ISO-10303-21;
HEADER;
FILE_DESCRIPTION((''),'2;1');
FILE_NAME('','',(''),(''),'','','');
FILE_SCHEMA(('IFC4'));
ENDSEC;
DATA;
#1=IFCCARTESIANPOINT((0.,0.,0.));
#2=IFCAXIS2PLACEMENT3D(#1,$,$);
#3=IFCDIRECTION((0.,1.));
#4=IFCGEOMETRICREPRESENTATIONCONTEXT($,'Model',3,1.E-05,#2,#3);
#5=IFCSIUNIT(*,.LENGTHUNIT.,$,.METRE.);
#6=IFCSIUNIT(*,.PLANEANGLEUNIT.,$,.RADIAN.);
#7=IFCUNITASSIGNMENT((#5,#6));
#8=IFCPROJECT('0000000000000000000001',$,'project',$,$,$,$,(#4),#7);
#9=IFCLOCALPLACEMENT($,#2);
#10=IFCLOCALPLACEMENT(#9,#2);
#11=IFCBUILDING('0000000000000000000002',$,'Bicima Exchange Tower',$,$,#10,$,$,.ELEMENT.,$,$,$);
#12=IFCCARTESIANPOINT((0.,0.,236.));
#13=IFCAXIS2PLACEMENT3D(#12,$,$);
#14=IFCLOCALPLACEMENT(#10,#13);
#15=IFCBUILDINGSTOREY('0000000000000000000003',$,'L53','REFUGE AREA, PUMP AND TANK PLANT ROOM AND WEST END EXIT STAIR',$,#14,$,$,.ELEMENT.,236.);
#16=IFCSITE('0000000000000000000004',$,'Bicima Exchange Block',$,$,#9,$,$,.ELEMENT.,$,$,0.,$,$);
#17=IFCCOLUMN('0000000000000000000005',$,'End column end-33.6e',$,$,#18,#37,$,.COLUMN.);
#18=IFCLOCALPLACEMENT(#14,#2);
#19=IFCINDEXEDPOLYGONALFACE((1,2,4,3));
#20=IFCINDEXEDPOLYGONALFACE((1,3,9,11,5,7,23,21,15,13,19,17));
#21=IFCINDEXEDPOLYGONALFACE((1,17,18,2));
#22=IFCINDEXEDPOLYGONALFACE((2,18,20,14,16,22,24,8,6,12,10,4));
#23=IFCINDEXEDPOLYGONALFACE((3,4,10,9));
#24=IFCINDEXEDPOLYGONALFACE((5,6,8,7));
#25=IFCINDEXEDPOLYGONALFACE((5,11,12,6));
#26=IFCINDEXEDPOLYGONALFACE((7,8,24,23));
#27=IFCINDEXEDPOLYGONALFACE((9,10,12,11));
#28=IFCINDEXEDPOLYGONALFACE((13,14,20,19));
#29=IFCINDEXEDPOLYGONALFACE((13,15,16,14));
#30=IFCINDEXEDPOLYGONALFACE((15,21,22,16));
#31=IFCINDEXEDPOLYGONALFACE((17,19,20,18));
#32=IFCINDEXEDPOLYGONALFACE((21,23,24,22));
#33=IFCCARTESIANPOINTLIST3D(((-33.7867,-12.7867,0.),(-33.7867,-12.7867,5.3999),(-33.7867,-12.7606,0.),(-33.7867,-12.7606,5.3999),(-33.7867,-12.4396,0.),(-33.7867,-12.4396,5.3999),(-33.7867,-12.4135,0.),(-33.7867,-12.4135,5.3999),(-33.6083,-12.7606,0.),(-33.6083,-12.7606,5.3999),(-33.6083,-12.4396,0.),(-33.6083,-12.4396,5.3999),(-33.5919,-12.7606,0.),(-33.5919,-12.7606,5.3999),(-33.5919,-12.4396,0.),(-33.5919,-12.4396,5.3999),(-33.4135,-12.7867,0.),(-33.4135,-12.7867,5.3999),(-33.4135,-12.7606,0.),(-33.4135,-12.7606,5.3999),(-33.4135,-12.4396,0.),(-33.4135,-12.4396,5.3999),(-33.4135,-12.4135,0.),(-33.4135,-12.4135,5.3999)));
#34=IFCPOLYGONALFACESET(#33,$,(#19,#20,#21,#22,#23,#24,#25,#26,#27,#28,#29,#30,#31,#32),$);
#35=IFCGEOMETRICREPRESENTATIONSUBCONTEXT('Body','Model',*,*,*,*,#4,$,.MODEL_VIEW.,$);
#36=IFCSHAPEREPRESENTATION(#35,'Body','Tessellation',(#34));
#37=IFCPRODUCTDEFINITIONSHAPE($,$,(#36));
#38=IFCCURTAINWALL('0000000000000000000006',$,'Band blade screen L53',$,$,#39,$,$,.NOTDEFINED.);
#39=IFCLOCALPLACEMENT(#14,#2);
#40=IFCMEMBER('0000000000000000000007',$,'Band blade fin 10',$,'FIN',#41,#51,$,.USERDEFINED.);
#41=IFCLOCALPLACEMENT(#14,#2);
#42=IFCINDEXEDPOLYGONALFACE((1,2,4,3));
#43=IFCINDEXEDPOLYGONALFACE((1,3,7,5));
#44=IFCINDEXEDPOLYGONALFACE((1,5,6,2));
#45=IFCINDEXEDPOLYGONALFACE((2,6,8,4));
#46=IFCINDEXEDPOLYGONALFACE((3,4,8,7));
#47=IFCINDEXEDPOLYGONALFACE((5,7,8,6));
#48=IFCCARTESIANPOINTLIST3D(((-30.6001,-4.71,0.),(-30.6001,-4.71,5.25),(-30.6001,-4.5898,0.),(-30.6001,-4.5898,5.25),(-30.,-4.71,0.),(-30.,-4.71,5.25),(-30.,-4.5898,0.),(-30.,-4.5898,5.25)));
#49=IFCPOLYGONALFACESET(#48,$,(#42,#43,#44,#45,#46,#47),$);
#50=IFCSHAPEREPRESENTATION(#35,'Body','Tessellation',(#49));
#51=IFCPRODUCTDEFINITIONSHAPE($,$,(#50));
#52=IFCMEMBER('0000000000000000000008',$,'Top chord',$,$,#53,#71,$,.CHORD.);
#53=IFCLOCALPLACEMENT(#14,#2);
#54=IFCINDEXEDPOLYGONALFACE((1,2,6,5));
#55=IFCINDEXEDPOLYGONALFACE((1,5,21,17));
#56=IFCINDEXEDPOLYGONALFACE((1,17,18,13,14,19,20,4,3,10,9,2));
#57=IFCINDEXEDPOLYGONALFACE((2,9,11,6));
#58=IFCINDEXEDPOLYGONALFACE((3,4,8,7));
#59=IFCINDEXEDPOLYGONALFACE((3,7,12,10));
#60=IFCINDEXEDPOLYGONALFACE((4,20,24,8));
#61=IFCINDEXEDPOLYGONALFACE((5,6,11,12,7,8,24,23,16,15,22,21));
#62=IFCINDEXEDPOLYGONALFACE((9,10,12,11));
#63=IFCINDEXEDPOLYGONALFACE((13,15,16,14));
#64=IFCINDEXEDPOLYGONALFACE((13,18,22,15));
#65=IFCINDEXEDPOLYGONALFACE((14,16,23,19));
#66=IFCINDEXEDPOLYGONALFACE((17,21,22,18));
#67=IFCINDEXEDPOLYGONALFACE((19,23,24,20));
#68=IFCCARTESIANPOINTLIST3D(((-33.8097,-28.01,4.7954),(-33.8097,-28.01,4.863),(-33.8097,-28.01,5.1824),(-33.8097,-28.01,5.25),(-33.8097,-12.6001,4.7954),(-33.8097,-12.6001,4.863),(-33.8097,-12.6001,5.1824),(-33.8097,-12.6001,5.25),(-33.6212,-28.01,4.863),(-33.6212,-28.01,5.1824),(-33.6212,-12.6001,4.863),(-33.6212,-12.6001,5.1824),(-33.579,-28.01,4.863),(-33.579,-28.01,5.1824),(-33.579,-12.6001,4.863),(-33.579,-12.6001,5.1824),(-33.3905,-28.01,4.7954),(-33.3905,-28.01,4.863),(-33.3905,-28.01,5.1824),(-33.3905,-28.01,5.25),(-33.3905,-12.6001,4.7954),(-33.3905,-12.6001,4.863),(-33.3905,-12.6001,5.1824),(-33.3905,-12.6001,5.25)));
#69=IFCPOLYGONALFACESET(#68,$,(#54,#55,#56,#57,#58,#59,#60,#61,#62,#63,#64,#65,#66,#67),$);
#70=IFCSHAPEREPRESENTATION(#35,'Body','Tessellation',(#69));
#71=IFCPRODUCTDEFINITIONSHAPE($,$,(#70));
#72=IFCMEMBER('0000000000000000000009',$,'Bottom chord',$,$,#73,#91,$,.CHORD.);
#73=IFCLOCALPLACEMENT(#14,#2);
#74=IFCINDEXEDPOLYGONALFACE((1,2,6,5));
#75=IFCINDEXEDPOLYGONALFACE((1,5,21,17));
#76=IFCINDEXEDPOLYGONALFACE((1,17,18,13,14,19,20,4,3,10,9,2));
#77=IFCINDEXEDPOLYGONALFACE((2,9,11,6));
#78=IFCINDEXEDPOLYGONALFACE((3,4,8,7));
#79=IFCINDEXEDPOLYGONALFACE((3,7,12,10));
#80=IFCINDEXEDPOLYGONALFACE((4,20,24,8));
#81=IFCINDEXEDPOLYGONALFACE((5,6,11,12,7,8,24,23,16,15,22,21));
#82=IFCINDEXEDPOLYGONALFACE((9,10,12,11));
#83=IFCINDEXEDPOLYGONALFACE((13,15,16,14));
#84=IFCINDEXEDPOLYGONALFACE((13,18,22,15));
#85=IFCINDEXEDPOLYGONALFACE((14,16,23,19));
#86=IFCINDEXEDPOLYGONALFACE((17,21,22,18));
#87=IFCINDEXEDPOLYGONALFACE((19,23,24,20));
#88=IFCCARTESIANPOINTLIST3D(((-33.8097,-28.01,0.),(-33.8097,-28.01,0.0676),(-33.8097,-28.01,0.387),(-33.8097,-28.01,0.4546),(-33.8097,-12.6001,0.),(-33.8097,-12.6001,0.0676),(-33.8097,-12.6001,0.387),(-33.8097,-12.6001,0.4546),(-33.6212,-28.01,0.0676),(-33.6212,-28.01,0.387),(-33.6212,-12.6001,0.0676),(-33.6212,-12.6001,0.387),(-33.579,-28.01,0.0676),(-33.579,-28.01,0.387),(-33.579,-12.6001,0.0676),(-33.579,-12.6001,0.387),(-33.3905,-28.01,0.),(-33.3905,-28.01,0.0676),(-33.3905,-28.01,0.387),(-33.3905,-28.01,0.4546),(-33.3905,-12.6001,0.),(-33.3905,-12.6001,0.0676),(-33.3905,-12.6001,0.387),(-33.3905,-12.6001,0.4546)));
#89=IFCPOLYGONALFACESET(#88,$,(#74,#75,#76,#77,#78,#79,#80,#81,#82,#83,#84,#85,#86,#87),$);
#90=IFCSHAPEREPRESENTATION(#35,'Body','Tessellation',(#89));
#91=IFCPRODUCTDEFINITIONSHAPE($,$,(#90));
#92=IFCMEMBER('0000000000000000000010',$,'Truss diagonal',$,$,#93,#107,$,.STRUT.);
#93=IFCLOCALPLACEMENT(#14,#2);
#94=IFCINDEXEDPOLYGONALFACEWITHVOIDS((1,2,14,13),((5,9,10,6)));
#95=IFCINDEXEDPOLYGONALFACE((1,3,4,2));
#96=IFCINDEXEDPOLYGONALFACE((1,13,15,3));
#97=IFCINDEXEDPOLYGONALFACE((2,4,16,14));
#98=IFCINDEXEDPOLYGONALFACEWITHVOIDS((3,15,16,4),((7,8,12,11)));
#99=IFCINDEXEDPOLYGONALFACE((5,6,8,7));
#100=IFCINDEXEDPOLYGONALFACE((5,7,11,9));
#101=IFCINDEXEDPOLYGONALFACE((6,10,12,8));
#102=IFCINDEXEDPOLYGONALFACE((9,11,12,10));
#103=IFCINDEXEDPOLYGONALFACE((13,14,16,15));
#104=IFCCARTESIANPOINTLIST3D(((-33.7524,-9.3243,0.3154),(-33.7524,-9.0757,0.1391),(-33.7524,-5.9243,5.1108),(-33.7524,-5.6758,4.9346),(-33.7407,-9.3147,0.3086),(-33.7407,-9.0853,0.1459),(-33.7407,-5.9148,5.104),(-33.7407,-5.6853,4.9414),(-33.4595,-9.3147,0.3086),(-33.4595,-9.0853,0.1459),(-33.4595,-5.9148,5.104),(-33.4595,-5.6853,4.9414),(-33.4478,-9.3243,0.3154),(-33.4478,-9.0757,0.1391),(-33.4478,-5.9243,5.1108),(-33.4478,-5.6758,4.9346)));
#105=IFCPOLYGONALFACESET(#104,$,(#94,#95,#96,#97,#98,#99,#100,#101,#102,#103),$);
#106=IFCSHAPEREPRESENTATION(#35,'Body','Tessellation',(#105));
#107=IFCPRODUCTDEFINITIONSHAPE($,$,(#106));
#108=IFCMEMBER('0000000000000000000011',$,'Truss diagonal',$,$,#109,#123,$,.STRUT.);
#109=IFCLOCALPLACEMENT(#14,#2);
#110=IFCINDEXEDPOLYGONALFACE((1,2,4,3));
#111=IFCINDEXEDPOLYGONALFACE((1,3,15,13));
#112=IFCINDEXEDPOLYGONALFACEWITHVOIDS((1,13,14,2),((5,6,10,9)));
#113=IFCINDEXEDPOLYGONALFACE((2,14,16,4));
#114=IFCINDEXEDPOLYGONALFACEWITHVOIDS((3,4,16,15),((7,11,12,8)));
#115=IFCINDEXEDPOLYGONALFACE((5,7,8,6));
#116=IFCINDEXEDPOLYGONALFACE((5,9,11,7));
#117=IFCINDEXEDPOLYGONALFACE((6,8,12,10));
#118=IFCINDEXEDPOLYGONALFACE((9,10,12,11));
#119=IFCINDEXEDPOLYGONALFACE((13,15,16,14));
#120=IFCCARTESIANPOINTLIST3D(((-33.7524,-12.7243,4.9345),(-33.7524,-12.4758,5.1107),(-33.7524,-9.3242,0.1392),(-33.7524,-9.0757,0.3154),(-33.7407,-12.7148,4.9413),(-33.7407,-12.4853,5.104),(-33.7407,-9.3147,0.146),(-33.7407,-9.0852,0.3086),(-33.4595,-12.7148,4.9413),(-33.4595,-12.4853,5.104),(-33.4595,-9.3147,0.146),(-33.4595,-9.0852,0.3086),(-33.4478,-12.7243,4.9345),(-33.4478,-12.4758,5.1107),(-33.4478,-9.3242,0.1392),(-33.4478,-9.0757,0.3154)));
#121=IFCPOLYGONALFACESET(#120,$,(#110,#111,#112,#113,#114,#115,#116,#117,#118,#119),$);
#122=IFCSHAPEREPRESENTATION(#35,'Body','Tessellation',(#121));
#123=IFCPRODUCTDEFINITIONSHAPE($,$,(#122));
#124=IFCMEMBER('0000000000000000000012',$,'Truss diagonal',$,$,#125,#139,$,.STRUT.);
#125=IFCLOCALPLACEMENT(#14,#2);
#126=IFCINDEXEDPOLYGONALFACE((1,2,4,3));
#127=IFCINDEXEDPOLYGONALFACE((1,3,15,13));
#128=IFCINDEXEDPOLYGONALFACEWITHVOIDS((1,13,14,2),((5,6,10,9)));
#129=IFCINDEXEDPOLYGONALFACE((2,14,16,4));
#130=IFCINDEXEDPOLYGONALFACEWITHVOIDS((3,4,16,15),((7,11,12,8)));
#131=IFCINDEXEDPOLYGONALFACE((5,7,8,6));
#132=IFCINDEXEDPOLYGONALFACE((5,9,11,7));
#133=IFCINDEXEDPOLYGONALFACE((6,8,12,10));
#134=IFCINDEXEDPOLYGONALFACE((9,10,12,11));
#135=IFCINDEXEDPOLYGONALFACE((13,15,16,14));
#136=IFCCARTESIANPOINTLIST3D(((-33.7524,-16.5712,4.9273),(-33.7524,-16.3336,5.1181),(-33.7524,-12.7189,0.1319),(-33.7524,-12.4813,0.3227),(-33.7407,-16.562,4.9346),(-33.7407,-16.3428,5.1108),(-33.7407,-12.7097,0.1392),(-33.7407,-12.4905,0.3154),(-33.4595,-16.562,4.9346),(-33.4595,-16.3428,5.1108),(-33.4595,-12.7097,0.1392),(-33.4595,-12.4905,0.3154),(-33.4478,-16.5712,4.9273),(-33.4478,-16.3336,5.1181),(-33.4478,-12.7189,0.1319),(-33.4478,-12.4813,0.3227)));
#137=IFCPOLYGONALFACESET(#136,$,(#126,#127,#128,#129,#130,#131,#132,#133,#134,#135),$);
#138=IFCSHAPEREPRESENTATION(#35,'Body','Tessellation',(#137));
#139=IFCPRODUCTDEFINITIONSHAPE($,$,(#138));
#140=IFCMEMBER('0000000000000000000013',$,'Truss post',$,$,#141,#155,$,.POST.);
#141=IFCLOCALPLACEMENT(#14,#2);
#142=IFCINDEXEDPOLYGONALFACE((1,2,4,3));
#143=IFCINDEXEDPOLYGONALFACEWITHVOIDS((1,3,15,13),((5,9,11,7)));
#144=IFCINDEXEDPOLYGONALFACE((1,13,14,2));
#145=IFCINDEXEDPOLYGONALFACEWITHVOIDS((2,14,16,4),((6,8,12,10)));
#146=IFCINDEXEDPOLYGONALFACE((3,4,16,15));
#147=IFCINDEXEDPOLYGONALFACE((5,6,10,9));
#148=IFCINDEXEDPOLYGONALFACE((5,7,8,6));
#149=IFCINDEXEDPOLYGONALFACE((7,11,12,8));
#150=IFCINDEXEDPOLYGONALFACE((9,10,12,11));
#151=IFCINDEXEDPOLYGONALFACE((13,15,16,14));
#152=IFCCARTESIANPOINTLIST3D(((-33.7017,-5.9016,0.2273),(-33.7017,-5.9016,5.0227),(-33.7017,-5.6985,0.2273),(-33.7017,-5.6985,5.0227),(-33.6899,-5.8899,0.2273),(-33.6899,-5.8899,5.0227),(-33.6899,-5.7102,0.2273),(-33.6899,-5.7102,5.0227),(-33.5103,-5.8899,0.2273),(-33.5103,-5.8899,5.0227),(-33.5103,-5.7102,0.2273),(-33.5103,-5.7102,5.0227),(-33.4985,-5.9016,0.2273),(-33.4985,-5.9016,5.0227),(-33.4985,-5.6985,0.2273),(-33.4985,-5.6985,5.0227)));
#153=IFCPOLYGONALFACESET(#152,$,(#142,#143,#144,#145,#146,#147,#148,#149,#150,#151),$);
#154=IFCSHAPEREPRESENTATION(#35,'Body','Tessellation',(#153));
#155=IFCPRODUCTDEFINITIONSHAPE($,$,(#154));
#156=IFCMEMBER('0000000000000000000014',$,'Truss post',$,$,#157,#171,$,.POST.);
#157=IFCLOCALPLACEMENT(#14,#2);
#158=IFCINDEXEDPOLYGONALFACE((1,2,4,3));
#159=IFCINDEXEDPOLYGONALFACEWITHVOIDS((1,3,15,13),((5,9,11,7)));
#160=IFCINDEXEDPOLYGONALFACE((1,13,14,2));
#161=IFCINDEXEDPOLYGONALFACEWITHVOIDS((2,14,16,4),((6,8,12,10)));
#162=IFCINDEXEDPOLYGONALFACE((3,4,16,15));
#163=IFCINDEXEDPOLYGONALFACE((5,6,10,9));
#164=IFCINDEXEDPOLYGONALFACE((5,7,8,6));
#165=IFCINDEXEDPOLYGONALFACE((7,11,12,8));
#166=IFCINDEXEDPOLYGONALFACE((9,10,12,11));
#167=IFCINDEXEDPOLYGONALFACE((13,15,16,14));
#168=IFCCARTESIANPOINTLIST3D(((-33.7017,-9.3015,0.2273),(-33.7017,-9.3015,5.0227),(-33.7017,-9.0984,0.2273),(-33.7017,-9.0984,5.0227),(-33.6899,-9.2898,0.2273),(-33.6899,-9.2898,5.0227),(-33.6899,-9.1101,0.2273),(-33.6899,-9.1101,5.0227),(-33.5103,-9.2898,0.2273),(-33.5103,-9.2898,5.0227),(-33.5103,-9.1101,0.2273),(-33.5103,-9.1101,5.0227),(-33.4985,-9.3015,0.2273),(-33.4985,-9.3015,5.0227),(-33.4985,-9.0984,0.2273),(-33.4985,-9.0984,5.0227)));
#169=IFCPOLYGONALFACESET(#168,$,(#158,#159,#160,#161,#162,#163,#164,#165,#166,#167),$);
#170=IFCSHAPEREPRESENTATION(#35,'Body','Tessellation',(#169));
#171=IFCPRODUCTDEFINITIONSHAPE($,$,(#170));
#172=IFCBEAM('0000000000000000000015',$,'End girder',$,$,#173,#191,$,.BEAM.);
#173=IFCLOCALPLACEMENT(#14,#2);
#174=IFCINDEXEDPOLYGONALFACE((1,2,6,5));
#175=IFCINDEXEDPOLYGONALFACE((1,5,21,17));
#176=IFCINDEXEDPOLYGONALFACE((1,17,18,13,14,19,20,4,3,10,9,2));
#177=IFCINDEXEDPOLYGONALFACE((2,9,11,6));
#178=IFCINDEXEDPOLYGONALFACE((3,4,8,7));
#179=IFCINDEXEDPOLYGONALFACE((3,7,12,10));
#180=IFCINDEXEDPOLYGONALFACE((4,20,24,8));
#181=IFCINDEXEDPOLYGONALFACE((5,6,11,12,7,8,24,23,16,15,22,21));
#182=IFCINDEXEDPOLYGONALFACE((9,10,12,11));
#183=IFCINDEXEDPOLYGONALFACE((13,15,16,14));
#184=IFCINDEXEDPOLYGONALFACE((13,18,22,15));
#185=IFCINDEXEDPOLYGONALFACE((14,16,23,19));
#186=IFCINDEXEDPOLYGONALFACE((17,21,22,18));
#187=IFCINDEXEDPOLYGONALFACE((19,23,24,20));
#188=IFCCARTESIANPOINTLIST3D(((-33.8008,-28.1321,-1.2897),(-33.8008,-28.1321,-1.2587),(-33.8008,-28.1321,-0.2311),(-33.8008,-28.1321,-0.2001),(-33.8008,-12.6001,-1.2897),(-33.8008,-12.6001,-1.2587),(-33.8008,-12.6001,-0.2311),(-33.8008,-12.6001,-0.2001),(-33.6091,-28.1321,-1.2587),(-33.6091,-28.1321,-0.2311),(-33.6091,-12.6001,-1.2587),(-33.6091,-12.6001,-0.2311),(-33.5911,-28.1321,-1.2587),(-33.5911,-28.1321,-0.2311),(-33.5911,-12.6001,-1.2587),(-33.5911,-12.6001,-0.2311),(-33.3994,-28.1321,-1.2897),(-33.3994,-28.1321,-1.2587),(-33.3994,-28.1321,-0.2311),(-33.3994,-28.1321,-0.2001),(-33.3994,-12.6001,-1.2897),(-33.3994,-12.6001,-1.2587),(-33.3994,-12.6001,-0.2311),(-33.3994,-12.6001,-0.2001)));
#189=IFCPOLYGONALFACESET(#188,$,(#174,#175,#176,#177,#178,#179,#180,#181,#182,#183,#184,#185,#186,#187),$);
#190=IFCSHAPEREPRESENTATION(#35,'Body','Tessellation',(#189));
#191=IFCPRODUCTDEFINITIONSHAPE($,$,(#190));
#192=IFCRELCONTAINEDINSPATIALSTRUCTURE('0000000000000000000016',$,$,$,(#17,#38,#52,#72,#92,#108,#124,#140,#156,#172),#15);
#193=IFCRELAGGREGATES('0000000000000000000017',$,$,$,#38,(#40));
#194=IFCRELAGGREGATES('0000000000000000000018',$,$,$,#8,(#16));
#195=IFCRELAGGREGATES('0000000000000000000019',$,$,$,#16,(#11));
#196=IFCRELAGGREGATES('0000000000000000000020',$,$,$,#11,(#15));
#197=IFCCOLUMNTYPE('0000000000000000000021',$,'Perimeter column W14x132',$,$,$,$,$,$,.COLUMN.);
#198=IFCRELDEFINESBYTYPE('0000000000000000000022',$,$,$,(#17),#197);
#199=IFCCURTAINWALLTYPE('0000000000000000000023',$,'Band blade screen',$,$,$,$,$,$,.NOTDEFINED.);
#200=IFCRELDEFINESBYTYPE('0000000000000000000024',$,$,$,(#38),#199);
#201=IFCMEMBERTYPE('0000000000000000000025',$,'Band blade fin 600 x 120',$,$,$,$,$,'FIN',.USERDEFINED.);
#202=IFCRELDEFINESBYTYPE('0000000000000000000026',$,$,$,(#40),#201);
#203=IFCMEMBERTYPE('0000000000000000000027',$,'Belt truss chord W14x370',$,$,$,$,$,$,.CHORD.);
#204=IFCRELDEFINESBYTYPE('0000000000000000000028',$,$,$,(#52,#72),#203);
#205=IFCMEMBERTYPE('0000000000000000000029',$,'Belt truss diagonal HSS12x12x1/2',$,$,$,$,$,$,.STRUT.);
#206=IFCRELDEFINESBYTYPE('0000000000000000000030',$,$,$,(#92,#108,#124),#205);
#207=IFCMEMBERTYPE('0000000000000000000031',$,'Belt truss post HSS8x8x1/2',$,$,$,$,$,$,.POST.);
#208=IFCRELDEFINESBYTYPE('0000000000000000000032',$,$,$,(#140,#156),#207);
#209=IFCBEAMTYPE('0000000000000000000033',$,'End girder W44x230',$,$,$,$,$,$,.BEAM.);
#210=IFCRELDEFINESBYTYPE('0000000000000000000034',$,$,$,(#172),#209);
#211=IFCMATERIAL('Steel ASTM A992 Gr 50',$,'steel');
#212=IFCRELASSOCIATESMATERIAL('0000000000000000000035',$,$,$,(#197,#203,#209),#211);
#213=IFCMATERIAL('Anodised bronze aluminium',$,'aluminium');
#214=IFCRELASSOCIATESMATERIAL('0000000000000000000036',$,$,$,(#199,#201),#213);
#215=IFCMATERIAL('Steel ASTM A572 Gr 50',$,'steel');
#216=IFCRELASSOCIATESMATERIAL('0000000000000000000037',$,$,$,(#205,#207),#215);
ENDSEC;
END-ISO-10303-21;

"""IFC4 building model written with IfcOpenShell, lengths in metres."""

from ifc_helpers import new_model, si_unit, direction, frame, origin, origin_2d, place, context, subcontext, project, spatial, rectangle, hollow_rectangle, i_section, extrude, material, material_profile, profile_set, type_object, element, aggregate, save


model = new_model("IFC4")

# Units and contexts
model_context = context("Model", 3, precision=1e-05, world=origin(), true_north=direction((0.0, 1.0)))
body_context = subcontext(model_context, "Body", "Model", "MODEL_VIEW")
ifc_project = project(units=[si_unit("LENGTHUNIT", "METRE"), si_unit("PLANEANGLEUNIT", "RADIAN")], contexts=[model_context])

# Site, building, storey
site_placement = place(None, origin())
site = spatial("IfcSite", under=ifc_project, at=site_placement, Name="Bicima Exchange Block", CompositionType="ELEMENT", RefElevation=0.0)
building_placement = place(site_placement, origin())
building = spatial("IfcBuilding", under=site, at=building_placement, Name="Bicima Exchange Tower", CompositionType="ELEMENT")
storey_placement = place(building_placement, frame((0.0, 0.0, 236.0)))
storey = spatial("IfcBuildingStorey", under=building, at=storey_placement, Name="L53", Description="REFUGE AREA, PUMP AND TANK PLANT ROOM AND WEST END EXIT STAIR", CompositionType="ELEMENT", Elevation=236.0)

# Column
ifc_material_1 = material(Name="Steel ASTM A992 Gr 50", Category="steel")
ifc_material_profile_1 = material_profile(ifc_material_1, i_section(OverallWidth=0.3733, OverallDepth=0.3733, WebThickness=0.0164, FlangeThickness=0.0261, at=origin_2d()))
ifc_profile_set_1 = profile_set([ifc_material_profile_1], Name="Steel ASTM A992 Gr 50")
column_type = type_object("IfcColumnType", Name="Perimeter column W14x132", PredefinedType="COLUMN", material=ifc_profile_set_1)
column_placement = place(storey_placement, frame((-33.6001, -12.6001, 0.0), z_axis=(0.0, 0.0, 1.0), x_axis=(1.0, 0.0, 0.0)))
element("IfcColumn", 1, at=column_placement, inside=storey, type_object=column_type, Name="End column end-33.6e", PredefinedType="COLUMN", context=body_context, shape_type="SweptSolid", body=[
    extrude(i_section(OverallWidth=0.3733, OverallDepth=0.3733, WebThickness=0.0164, FlangeThickness=0.0261, at=origin_2d()), origin(), (0.0, 0.0, 1.0), 5.3999),
])

# Curtain wall, member
ifc_material_2 = material(Name="Anodised bronze aluminium", Category="aluminium")
curtain_wall_type = type_object("IfcCurtainWallType", Name="Band blade screen", PredefinedType="NOTDEFINED", material=ifc_material_2)
curtain_wall_placement = place(storey_placement, origin())
curtain_wall = element("IfcCurtainWall", 2, at=curtain_wall_placement, inside=storey, type_object=curtain_wall_type, Name="Band blade screen L53", PredefinedType="NOTDEFINED")
ifc_material_profile_2 = material_profile(ifc_material_2, rectangle(XDim=0.6001, YDim=0.1201, at=origin_2d()))
ifc_profile_set_2 = profile_set([ifc_material_profile_2], Name="Anodised bronze aluminium")
member_type_1 = type_object("IfcMemberType", Name="Band blade fin 600 x 120", ElementType="FIN", PredefinedType="USERDEFINED", material=ifc_profile_set_2)
member_1_placement = place(storey_placement, frame((-30.3, -4.6499, 0.0), z_axis=(0.0, 0.0, 1.0), x_axis=(1.0, 0.0, 0.0)))
member_1 = element("IfcMember", 3, at=member_1_placement, type_object=member_type_1, Name="Band blade fin 10", ObjectType="FIN", PredefinedType="USERDEFINED", context=body_context, shape_type="SweptSolid", body=[
    extrude(rectangle(XDim=0.6001, YDim=0.1201, at=origin_2d()), origin(), (0.0, 0.0, 1.0), 5.25),
])
aggregate(curtain_wall, [member_1])

# Members
ifc_material_profile_3 = material_profile(ifc_material_1, i_section(OverallWidth=0.4192, OverallDepth=0.4546, WebThickness=0.0422, FlangeThickness=0.0676, at=origin_2d()))
ifc_profile_set_3 = profile_set([ifc_material_profile_3], Name="Steel ASTM A992 Gr 50")
member_type_2 = type_object("IfcMemberType", Name="Belt truss chord W14x370", PredefinedType="CHORD", material=ifc_profile_set_3)
for number, where, z_axis, x_axis, name in (
    (4, (-33.6001, -12.6001, 5.0227), (0.0, -1.0, 0.0), (1.0, 0.0, 0.0), "Top chord"),
    (5, (-33.6001, -12.6001, 0.2273), (0.0, -1.0, 0.0), (1.0, 0.0, 0.0), "Bottom chord"),
):
    element("IfcMember", number, at=place(storey_placement, frame(where, z_axis=z_axis, x_axis=x_axis)), inside=storey, type_object=member_type_2, Name=name, PredefinedType="CHORD", context=body_context, shape_type="SweptSolid", body=[
        extrude(i_section(OverallWidth=0.4192, OverallDepth=0.4546, WebThickness=0.0422, FlangeThickness=0.0676, at=origin_2d()), origin(), (0.0, 0.0, 1.0), 15.4099),
    ])
ifc_material_3 = material(Name="Steel ASTM A572 Gr 50", Category="steel")
ifc_material_profile_4 = material_profile(ifc_material_3, hollow_rectangle(XDim=0.3047, YDim=0.3047, WallThickness=0.0117, at=origin_2d()))
ifc_profile_set_4 = profile_set([ifc_material_profile_4], Name="Steel ASTM A572 Gr 50")
member_type_3 = type_object("IfcMemberType", Name="Belt truss diagonal HSS12x12x1/2", PredefinedType="STRUT", material=ifc_profile_set_4)
for number, where, z_axis, x_axis, name in (
    (6, (-33.6001, -5.8, 5.0227), (0.0, -0.578375, -0.815771), (1.0, 0.0, 0.0), "Truss diagonal"),
    (7, (-33.6001, -9.2, 0.2273), (0.0, -0.578402, 0.815752), (1.0, 0.0, 0.0), "Truss diagonal"),
):
    element("IfcMember", number, at=place(storey_placement, frame(where, z_axis=z_axis, x_axis=x_axis)), inside=storey, type_object=member_type_3, Name=name, PredefinedType="STRUT", context=body_context, shape_type="SweptSolid", body=[
        extrude(hollow_rectangle(XDim=0.3047, YDim=0.3047, WallThickness=0.0117, at=origin_2d()), origin(), (0.0, 0.0, 1.0), 5.8784),
    ])
member_2_placement = place(storey_placement, frame((-33.6001, -12.6001, 0.2273), z_axis=(0.0, -0.626277, 0.779601), x_axis=(1.0, 0.0, 0.0)))
element("IfcMember", 8, at=member_2_placement, inside=storey, type_object=member_type_3, Name="Truss diagonal", PredefinedType="STRUT", context=body_context, shape_type="SweptSolid", body=[
    extrude(hollow_rectangle(XDim=0.3047, YDim=0.3047, WallThickness=0.0117, at=origin_2d()), origin(), (0.0, 0.0, 1.0), 6.1511),
])
ifc_material_profile_5 = material_profile(ifc_material_3, hollow_rectangle(XDim=0.2031, YDim=0.2031, WallThickness=0.0117, at=origin_2d()))
ifc_profile_set_5 = profile_set([ifc_material_profile_5], Name="Steel ASTM A572 Gr 50")
member_type_4 = type_object("IfcMemberType", Name="Belt truss post HSS8x8x1/2", PredefinedType="POST", material=ifc_profile_set_5)
for number, where, z_axis, x_axis, name in (
    (9, (-33.6001, -5.8, 0.2273), (0.0, 0.0, 1.0), (1.0, 0.0, 0.0), "Truss post"),
    (10, (-33.6001, -9.2, 0.2273), (0.0, 0.0, 1.0), (1.0, 0.0, 0.0), "Truss post"),
):
    element("IfcMember", number, at=place(storey_placement, frame(where, z_axis=z_axis, x_axis=x_axis)), inside=storey, type_object=member_type_4, Name=name, PredefinedType="POST", context=body_context, shape_type="SweptSolid", body=[
        extrude(hollow_rectangle(XDim=0.2031, YDim=0.2031, WallThickness=0.0117, at=origin_2d()), origin(), (0.0, 0.0, 1.0), 4.7954),
    ])

# Beam
ifc_material_profile_6 = material_profile(ifc_material_1, i_section(OverallWidth=0.4014, OverallDepth=1.0896, WebThickness=0.0181, FlangeThickness=0.031, at=origin_2d()))
ifc_profile_set_6 = profile_set([ifc_material_profile_6], Name="Steel ASTM A992 Gr 50")
beam_type = type_object("IfcBeamType", Name="End girder W44x230", PredefinedType="BEAM", material=ifc_profile_set_6)
beam_placement = place(storey_placement, frame((-33.6001, -12.6001, -0.7449), z_axis=(0.0, -1.0, 0.0), x_axis=(1.0, 0.0, 0.0)))
element("IfcBeam", 11, at=beam_placement, inside=storey, type_object=beam_type, Name="End girder", PredefinedType="BEAM", context=body_context, shape_type="SweptSolid", body=[
    extrude(i_section(OverallWidth=0.4014, OverallDepth=1.0896, WebThickness=0.0181, FlangeThickness=0.031, at=origin_2d()), origin(), (0.0, 0.0, 1.0), 15.532),
])

save(model, "model.ifc")
